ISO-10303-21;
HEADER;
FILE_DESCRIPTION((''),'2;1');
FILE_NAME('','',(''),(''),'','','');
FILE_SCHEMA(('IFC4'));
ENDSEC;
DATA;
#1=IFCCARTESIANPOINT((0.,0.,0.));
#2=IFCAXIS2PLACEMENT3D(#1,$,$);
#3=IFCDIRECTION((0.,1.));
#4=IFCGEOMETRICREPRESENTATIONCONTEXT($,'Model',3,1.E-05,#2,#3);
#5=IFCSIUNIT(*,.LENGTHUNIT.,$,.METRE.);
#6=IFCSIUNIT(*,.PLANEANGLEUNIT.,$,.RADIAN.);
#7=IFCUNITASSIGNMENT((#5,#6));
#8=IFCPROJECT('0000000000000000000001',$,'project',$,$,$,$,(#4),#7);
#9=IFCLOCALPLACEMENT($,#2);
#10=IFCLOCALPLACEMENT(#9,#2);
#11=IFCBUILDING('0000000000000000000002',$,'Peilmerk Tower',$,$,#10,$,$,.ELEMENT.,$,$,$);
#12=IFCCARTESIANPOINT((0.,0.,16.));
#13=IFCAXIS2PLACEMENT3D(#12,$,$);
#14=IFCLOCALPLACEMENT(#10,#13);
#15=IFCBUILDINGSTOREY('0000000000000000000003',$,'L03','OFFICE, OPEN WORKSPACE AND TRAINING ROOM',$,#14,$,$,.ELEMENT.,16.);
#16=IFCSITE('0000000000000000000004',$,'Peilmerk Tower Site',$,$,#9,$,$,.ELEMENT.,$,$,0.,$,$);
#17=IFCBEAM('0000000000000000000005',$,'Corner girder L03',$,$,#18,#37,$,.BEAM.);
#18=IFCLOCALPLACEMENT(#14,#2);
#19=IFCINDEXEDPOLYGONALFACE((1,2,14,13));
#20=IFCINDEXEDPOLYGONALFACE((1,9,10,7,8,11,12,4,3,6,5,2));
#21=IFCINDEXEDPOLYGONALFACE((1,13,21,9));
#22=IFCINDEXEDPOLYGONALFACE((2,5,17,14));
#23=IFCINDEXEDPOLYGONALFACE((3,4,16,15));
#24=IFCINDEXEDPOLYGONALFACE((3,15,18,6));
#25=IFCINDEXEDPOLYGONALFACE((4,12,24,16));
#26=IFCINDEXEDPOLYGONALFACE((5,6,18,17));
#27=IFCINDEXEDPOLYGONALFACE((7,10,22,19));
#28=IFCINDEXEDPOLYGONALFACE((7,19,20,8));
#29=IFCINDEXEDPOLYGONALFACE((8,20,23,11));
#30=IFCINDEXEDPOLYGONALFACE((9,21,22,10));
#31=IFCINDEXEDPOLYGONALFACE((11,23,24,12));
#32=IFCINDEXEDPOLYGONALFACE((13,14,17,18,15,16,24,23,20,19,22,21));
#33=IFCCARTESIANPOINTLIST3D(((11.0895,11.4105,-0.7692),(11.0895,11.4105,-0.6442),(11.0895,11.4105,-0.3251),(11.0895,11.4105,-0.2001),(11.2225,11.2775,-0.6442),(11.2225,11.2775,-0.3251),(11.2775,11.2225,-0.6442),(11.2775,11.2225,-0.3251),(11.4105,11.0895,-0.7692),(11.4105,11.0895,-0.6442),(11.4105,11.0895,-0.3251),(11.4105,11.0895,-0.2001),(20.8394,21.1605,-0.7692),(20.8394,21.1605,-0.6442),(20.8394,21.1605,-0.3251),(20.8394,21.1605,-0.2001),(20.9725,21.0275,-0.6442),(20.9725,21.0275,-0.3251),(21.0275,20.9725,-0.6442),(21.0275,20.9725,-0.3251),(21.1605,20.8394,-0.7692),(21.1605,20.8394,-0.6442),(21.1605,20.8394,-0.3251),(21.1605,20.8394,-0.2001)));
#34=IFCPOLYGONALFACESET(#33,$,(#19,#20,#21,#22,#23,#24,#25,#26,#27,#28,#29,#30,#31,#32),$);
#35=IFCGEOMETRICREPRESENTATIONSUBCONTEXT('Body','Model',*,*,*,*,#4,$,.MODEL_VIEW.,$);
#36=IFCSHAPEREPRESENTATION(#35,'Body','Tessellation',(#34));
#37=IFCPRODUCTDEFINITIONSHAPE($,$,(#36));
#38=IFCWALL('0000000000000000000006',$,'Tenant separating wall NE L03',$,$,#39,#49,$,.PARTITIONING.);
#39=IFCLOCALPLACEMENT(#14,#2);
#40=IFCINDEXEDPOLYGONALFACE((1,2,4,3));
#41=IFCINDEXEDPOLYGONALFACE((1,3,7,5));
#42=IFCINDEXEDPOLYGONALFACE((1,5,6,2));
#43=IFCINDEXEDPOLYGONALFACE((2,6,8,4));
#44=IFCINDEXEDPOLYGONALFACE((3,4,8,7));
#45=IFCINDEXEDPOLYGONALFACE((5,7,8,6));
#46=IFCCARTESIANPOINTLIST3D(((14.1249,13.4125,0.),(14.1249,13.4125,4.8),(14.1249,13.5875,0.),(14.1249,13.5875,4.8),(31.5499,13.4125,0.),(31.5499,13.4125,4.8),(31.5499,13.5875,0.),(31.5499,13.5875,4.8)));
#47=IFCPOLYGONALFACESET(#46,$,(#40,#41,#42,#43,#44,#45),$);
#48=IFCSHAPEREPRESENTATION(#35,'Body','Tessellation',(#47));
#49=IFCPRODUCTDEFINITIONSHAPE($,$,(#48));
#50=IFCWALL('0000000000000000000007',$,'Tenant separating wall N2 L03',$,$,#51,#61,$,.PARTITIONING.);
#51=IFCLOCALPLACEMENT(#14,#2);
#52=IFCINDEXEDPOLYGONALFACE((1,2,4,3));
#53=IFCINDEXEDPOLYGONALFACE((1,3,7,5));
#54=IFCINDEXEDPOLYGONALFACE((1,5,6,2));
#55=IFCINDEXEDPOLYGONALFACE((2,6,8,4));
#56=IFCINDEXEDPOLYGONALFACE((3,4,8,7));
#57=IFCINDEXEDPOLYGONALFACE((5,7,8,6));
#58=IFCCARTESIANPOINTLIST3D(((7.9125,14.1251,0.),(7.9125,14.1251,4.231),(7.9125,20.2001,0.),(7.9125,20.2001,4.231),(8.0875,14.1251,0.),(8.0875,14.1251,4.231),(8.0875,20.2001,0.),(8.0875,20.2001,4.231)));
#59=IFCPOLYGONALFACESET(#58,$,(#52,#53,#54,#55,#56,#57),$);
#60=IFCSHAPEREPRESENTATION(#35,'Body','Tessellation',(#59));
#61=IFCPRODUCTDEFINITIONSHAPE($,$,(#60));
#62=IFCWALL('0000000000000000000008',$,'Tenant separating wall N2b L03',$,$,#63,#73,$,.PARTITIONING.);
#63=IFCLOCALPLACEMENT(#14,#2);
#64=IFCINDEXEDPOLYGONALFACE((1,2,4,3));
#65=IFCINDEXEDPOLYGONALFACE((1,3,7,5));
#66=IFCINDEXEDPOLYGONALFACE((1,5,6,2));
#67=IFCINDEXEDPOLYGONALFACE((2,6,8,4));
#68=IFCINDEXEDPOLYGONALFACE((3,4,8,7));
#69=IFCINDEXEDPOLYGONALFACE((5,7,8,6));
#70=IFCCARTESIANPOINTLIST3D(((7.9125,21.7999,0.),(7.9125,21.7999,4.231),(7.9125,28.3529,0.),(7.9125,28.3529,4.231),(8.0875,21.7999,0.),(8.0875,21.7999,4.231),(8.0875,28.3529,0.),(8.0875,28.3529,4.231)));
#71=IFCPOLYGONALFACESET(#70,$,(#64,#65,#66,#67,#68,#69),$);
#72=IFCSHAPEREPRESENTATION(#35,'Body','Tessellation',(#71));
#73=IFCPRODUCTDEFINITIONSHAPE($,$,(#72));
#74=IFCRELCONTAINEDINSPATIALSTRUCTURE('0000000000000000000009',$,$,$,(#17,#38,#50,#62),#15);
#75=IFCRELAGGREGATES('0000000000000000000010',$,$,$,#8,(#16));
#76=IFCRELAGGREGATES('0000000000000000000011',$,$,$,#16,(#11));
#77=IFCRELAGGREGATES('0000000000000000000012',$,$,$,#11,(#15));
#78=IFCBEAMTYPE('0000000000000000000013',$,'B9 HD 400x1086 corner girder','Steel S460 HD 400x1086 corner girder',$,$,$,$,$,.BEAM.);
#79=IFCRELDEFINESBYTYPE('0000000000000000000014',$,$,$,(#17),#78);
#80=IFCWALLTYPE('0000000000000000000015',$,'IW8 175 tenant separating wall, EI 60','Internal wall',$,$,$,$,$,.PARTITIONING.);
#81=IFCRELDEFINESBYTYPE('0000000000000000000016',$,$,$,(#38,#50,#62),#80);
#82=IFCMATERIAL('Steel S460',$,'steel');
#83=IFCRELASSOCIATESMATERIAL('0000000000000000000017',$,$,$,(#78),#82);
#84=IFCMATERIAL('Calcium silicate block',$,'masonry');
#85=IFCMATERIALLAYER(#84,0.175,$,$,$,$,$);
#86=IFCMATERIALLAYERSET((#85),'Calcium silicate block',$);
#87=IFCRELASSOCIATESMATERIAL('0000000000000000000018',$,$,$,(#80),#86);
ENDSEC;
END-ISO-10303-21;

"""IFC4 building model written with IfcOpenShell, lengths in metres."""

from ifc_helpers import new_model, si_unit, direction, frame, frame_2d, origin, origin_2d, place, context, subcontext, project, spatial, rectangle, i_section, extrude, material, layer, layer_set, material_profile, profile_set, type_object, element, save


model = new_model("IFC4")

# Units and contexts
model_context = context("Model", 3, precision=1e-05, world=origin(), true_north=direction((0.0, 1.0)))
body_context = subcontext(model_context, "Body", "Model", "MODEL_VIEW")
ifc_project = project(units=[si_unit("LENGTHUNIT", "METRE"), si_unit("PLANEANGLEUNIT", "RADIAN")], contexts=[model_context])

# Site, building, storey
site_placement = place(None, origin())
site = spatial("IfcSite", under=ifc_project, at=site_placement, Name="Peilmerk Tower Site", CompositionType="ELEMENT", RefElevation=0.0)
building_placement = place(site_placement, origin())
building = spatial("IfcBuilding", under=site, at=building_placement, Name="Peilmerk Tower", CompositionType="ELEMENT")
storey_placement = place(building_placement, frame((0.0, 0.0, 16.0)))
storey = spatial("IfcBuildingStorey", under=building, at=storey_placement, Name="L03", Description="OFFICE, OPEN WORKSPACE AND TRAINING ROOM", CompositionType="ELEMENT", Elevation=16.0)

# Beam
ifc_material_1 = material(Name="Steel S460", Category="steel")
ifc_material_profile_1 = material_profile(ifc_material_1, i_section(OverallWidth=0.4541, OverallDepth=0.5691, WebThickness=0.0779, FlangeThickness=0.125, at=origin_2d()), Name="HD 400x1086")
ifc_profile_set_1 = profile_set([ifc_material_profile_1], Name="Steel S460")
beam_type_1 = type_object("IfcBeamType", Name="B9 HD 400x1086 corner girder", Description="Steel S460 HD 400x1086 corner girder", PredefinedType="BEAM", material=ifc_profile_set_1)
beam_1_placement = place(storey_placement, frame((11.25, 11.25, -0.4846), z_axis=(0.707107, 0.707107, 0.0), x_axis=(-0.707107, 0.707107, 0.0)))
element("IfcBeam", 1, at=beam_1_placement, inside=storey, type_object=beam_type_1, Name="Corner girder L03", PredefinedType="BEAM", context=body_context, shape_type="SweptSolid", body=[
    extrude(i_section(OverallWidth=0.4541, OverallDepth=0.5691, WebThickness=0.0779, FlangeThickness=0.125, at=origin_2d()), origin(), (0.0, 0.0, 1.0), 13.7886),
])

# Walls
ifc_material_2 = material(Name="Calcium silicate block", Category="masonry")
ifc_layer = layer(ifc_material_2, 0.175)
ifc_layer_set = layer_set([ifc_layer], Name="Calcium silicate block")
wall_type = type_object("IfcWallType", Name="IW8 175 tenant separating wall, EI 60", Description="Internal wall", PredefinedType="PARTITIONING", material=ifc_layer_set)
wall_1_placement = place(storey_placement, frame((14.125, 13.5, 0.0), z_axis=(0.0, 0.0, 1.0), x_axis=(1.0, 0.0, 0.0)))
element("IfcWall", 2, at=wall_1_placement, inside=storey, type_object=wall_type, Name="Tenant separating wall NE L03", PredefinedType="PARTITIONING", context=body_context, shape_type="SweptSolid", body=[
    extrude(rectangle(XDim=17.425, YDim=0.175, at=frame_2d((8.7124, 0.0))), origin(), (0.0, 0.0, 1.0), 4.8),
])
wall_2_placement = place(storey_placement, frame((8.0, 14.125, 0.0), z_axis=(0.0, 0.0, 1.0), x_axis=(0.0, 1.0, 0.0)))
element("IfcWall", 3, at=wall_2_placement, inside=storey, type_object=wall_type, Name="Tenant separating wall N2 L03", PredefinedType="PARTITIONING", context=body_context, shape_type="SweptSolid", body=[
    extrude(rectangle(XDim=6.075, YDim=0.175, at=frame_2d((3.0376, 0.0))), origin(), (0.0, 0.0, 1.0), 4.231),
])
wall_3_placement = place(storey_placement, frame((8.0, 21.8, 0.0), z_axis=(0.0, 0.0, 1.0), x_axis=(0.0, 1.0, 0.0)))
element("IfcWall", 4, at=wall_3_placement, inside=storey, type_object=wall_type, Name="Tenant separating wall N2b L03", PredefinedType="PARTITIONING", context=body_context, shape_type="SweptSolid", body=[
    extrude(rectangle(XDim=6.553, YDim=0.175, at=frame_2d((3.2764, 0.0))), origin(), (0.0, 0.0, 1.0), 4.231),
])

save(model, "model.ifc")
